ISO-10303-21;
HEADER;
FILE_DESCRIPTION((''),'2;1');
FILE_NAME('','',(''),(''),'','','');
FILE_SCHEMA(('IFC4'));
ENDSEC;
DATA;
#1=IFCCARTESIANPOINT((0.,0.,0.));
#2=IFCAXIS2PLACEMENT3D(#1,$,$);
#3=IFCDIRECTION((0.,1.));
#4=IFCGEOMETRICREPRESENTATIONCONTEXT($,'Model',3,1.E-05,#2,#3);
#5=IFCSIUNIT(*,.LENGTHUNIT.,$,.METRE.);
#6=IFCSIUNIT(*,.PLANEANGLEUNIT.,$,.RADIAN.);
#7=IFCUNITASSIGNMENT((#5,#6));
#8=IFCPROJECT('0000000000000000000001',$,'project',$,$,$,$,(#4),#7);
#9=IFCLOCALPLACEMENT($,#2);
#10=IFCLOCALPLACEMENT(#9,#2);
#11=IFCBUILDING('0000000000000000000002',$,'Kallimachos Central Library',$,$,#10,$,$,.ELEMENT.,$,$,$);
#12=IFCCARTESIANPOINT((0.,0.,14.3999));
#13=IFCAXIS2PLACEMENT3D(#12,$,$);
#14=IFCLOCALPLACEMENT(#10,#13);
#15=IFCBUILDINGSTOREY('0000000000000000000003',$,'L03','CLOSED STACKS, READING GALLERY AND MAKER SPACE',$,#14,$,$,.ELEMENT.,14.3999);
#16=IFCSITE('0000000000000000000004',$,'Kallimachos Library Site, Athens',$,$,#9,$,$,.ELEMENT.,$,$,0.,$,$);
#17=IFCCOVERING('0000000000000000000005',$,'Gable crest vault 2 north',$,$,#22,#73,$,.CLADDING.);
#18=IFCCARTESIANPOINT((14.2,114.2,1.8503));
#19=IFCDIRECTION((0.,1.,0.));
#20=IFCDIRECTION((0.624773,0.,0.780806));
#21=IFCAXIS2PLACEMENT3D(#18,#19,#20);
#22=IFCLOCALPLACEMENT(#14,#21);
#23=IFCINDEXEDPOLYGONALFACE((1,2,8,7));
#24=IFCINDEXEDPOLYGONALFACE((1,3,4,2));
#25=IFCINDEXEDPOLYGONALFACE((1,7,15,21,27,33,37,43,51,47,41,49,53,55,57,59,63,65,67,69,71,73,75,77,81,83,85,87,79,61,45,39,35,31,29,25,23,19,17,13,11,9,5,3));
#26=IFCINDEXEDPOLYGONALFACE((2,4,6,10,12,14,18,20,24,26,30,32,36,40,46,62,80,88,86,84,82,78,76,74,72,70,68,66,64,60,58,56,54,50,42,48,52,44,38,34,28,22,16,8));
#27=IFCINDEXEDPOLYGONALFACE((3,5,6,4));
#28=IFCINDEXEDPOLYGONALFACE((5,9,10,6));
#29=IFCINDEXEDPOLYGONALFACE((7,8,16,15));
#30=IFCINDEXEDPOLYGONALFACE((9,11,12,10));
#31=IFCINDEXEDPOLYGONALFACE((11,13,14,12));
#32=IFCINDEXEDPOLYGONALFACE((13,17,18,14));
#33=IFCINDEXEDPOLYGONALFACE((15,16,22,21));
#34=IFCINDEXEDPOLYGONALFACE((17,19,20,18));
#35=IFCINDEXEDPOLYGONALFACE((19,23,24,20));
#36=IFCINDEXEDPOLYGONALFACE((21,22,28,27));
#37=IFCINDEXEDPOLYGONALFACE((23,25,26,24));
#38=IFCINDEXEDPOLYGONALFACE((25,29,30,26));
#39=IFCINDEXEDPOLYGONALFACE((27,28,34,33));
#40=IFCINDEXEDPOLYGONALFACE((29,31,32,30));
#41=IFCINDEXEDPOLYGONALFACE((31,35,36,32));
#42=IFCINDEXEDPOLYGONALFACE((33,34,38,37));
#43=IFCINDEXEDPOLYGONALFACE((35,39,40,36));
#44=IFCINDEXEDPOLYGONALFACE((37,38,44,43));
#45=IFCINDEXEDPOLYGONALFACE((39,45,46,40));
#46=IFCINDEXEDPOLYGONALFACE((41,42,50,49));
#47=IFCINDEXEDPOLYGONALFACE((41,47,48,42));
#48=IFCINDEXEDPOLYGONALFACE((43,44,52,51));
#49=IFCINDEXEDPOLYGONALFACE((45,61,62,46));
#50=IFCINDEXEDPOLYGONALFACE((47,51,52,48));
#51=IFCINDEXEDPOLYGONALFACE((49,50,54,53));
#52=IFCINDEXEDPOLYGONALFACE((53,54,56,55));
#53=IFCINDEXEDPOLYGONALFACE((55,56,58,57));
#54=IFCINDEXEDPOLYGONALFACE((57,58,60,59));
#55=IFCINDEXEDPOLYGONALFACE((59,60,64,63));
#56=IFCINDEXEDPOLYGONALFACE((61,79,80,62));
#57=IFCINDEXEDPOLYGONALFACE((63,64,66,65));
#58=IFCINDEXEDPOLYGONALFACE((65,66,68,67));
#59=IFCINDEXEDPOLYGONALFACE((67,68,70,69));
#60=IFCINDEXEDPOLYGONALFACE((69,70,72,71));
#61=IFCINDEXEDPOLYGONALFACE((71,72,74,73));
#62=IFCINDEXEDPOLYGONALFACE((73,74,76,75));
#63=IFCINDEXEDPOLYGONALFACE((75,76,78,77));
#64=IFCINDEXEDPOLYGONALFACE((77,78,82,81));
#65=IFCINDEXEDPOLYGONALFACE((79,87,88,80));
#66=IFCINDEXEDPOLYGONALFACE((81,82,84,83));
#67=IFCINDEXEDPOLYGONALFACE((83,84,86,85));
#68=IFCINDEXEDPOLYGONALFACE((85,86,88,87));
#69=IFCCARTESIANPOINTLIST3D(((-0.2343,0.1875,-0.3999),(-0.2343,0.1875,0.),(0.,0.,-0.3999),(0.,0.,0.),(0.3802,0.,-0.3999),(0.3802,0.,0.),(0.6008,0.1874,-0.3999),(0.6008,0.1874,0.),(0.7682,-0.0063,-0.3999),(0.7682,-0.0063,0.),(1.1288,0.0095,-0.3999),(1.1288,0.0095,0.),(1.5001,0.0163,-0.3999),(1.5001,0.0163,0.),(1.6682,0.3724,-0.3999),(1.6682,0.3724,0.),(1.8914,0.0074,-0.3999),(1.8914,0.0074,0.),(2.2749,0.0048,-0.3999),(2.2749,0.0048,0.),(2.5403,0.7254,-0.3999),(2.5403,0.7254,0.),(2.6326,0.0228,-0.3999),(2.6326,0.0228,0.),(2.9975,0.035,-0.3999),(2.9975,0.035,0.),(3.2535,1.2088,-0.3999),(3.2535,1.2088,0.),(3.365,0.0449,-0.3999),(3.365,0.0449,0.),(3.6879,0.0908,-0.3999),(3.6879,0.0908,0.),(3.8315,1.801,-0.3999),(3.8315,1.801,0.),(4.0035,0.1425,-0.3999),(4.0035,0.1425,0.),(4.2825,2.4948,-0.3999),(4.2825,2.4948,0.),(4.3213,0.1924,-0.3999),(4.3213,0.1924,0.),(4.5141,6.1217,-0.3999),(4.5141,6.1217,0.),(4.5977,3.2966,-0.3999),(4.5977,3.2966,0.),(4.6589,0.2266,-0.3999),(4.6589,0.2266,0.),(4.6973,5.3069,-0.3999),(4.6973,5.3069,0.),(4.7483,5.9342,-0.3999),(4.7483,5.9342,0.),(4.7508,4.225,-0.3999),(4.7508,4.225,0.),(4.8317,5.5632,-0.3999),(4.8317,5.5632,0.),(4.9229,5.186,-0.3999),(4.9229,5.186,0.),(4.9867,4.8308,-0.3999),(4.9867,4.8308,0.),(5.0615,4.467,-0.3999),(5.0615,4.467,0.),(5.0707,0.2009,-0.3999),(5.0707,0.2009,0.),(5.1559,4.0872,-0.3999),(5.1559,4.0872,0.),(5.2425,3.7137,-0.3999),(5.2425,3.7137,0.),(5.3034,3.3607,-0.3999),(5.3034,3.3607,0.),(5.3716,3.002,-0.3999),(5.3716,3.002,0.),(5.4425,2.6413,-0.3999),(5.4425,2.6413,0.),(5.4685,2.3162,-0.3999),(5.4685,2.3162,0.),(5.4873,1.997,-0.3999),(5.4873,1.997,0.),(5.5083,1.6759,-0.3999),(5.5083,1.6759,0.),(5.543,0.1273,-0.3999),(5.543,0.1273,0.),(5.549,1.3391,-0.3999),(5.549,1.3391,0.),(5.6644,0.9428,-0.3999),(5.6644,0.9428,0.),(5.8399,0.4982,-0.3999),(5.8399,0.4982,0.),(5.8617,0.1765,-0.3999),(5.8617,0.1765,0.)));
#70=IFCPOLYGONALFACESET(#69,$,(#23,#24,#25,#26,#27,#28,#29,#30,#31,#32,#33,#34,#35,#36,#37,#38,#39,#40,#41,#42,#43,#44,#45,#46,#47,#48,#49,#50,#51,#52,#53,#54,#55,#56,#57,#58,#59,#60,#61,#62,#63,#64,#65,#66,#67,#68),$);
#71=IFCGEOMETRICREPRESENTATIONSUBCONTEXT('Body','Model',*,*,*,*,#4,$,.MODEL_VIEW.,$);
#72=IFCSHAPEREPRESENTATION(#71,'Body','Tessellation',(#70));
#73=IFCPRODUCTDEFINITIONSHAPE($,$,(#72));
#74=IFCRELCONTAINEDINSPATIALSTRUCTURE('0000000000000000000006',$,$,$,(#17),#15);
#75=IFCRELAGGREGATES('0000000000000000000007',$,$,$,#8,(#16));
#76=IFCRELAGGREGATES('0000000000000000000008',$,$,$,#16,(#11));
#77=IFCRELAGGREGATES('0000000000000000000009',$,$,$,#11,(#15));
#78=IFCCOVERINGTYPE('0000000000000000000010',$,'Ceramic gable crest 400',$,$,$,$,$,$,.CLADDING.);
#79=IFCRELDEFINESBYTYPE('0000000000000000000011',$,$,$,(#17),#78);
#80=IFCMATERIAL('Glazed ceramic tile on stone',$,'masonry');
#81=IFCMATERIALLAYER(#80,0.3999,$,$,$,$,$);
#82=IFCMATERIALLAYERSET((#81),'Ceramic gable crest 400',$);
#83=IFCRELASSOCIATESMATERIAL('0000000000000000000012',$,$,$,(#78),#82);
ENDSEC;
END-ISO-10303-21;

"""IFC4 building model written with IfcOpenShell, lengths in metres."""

from ifc_helpers import new_model, si_unit, direction, frame, origin, place, context, subcontext, project, spatial, polyline, outline, extrude, material, layer, layer_set, type_object, element, save


model = new_model("IFC4")

# Units and contexts
model_context = context("Model", 3, precision=1e-05, world=origin(), true_north=direction((0.0, 1.0)))
body_context = subcontext(model_context, "Body", "Model", "MODEL_VIEW")
ifc_project = project(units=[si_unit("LENGTHUNIT", "METRE"), si_unit("PLANEANGLEUNIT", "RADIAN")], contexts=[model_context])

# Site, building, storey
site_placement = place(None, origin())
site = spatial("IfcSite", under=ifc_project, at=site_placement, Name="Kallimachos Library Site, Athens", CompositionType="ELEMENT", RefElevation=0.0)
building_placement = place(site_placement, origin())
building = spatial("IfcBuilding", under=site, at=building_placement, Name="Kallimachos Central Library", CompositionType="ELEMENT")
storey_placement = place(building_placement, frame((0.0, 0.0, 14.3999)))
storey = spatial("IfcBuildingStorey", under=building, at=storey_placement, Name="L03", Description="CLOSED STACKS, READING GALLERY AND MAKER SPACE", CompositionType="ELEMENT", Elevation=14.3999)

# Covering
ifc_material_1 = material(Name="Glazed ceramic tile on stone", Category="masonry")
ifc_layer_1 = layer(ifc_material_1, 0.3999)
ifc_layer_set_1 = layer_set([ifc_layer_1], Name="Ceramic gable crest 400")
covering_type_1 = type_object("IfcCoveringType", Name="Ceramic gable crest 400", PredefinedType="CLADDING", material=ifc_layer_set_1)
covering_1_placement = place(storey_placement, frame((14.2, 114.2, 1.8503), z_axis=(0.0, 1.0, 0.0), x_axis=(0.624773, 0.0, 0.780806)))
element("IfcCovering", 1, at=covering_1_placement, inside=storey, type_object=covering_type_1, Name="Gable crest vault 2 north", PredefinedType="CLADDING", context=body_context, shape_type="SweptSolid", body=[
    extrude(outline(polyline([(0.0, 0.0), (0.3802, 0.0), (0.7682, -0.0063), (1.1288, 0.0095), (1.5001, 0.0163), (1.8914, 0.0074), (2.2749, 0.0048), (2.6326, 0.0228), (2.9975, 0.035), (3.365, 0.0449), (3.6879, 0.0908), (4.0035, 0.1425), (4.3213, 0.1924), (4.6589, 0.2266), (5.0707, 0.2009), (5.543, 0.1273), (5.8617, 0.1765), (5.8399, 0.4982), (5.6644, 0.9428), (5.549, 1.3391), (5.5083, 1.6759), (5.4873, 1.997), (5.4685, 2.3162), (5.4425, 2.6413), (5.3716, 3.002), (5.3034, 3.3607), (5.2425, 3.7137), (5.1559, 4.0872), (5.0615, 4.467), (4.9867, 4.8308), (4.9229, 5.186), (4.8317, 5.5632), (4.7483, 5.9342), (4.5141, 6.1217), (4.6973, 5.3069), (4.7508, 4.225), (4.5977, 3.2966), (4.2825, 2.4948), (3.8315, 1.801), (3.2535, 1.2088), (2.5403, 0.7254), (1.6682, 0.3724), (0.6008, 0.1874), (-0.2343, 0.1875), (0.0, 0.0)])), origin(), (0.0, 0.0, -1.0), 0.3999),
])

save(model, "model.ifc")
